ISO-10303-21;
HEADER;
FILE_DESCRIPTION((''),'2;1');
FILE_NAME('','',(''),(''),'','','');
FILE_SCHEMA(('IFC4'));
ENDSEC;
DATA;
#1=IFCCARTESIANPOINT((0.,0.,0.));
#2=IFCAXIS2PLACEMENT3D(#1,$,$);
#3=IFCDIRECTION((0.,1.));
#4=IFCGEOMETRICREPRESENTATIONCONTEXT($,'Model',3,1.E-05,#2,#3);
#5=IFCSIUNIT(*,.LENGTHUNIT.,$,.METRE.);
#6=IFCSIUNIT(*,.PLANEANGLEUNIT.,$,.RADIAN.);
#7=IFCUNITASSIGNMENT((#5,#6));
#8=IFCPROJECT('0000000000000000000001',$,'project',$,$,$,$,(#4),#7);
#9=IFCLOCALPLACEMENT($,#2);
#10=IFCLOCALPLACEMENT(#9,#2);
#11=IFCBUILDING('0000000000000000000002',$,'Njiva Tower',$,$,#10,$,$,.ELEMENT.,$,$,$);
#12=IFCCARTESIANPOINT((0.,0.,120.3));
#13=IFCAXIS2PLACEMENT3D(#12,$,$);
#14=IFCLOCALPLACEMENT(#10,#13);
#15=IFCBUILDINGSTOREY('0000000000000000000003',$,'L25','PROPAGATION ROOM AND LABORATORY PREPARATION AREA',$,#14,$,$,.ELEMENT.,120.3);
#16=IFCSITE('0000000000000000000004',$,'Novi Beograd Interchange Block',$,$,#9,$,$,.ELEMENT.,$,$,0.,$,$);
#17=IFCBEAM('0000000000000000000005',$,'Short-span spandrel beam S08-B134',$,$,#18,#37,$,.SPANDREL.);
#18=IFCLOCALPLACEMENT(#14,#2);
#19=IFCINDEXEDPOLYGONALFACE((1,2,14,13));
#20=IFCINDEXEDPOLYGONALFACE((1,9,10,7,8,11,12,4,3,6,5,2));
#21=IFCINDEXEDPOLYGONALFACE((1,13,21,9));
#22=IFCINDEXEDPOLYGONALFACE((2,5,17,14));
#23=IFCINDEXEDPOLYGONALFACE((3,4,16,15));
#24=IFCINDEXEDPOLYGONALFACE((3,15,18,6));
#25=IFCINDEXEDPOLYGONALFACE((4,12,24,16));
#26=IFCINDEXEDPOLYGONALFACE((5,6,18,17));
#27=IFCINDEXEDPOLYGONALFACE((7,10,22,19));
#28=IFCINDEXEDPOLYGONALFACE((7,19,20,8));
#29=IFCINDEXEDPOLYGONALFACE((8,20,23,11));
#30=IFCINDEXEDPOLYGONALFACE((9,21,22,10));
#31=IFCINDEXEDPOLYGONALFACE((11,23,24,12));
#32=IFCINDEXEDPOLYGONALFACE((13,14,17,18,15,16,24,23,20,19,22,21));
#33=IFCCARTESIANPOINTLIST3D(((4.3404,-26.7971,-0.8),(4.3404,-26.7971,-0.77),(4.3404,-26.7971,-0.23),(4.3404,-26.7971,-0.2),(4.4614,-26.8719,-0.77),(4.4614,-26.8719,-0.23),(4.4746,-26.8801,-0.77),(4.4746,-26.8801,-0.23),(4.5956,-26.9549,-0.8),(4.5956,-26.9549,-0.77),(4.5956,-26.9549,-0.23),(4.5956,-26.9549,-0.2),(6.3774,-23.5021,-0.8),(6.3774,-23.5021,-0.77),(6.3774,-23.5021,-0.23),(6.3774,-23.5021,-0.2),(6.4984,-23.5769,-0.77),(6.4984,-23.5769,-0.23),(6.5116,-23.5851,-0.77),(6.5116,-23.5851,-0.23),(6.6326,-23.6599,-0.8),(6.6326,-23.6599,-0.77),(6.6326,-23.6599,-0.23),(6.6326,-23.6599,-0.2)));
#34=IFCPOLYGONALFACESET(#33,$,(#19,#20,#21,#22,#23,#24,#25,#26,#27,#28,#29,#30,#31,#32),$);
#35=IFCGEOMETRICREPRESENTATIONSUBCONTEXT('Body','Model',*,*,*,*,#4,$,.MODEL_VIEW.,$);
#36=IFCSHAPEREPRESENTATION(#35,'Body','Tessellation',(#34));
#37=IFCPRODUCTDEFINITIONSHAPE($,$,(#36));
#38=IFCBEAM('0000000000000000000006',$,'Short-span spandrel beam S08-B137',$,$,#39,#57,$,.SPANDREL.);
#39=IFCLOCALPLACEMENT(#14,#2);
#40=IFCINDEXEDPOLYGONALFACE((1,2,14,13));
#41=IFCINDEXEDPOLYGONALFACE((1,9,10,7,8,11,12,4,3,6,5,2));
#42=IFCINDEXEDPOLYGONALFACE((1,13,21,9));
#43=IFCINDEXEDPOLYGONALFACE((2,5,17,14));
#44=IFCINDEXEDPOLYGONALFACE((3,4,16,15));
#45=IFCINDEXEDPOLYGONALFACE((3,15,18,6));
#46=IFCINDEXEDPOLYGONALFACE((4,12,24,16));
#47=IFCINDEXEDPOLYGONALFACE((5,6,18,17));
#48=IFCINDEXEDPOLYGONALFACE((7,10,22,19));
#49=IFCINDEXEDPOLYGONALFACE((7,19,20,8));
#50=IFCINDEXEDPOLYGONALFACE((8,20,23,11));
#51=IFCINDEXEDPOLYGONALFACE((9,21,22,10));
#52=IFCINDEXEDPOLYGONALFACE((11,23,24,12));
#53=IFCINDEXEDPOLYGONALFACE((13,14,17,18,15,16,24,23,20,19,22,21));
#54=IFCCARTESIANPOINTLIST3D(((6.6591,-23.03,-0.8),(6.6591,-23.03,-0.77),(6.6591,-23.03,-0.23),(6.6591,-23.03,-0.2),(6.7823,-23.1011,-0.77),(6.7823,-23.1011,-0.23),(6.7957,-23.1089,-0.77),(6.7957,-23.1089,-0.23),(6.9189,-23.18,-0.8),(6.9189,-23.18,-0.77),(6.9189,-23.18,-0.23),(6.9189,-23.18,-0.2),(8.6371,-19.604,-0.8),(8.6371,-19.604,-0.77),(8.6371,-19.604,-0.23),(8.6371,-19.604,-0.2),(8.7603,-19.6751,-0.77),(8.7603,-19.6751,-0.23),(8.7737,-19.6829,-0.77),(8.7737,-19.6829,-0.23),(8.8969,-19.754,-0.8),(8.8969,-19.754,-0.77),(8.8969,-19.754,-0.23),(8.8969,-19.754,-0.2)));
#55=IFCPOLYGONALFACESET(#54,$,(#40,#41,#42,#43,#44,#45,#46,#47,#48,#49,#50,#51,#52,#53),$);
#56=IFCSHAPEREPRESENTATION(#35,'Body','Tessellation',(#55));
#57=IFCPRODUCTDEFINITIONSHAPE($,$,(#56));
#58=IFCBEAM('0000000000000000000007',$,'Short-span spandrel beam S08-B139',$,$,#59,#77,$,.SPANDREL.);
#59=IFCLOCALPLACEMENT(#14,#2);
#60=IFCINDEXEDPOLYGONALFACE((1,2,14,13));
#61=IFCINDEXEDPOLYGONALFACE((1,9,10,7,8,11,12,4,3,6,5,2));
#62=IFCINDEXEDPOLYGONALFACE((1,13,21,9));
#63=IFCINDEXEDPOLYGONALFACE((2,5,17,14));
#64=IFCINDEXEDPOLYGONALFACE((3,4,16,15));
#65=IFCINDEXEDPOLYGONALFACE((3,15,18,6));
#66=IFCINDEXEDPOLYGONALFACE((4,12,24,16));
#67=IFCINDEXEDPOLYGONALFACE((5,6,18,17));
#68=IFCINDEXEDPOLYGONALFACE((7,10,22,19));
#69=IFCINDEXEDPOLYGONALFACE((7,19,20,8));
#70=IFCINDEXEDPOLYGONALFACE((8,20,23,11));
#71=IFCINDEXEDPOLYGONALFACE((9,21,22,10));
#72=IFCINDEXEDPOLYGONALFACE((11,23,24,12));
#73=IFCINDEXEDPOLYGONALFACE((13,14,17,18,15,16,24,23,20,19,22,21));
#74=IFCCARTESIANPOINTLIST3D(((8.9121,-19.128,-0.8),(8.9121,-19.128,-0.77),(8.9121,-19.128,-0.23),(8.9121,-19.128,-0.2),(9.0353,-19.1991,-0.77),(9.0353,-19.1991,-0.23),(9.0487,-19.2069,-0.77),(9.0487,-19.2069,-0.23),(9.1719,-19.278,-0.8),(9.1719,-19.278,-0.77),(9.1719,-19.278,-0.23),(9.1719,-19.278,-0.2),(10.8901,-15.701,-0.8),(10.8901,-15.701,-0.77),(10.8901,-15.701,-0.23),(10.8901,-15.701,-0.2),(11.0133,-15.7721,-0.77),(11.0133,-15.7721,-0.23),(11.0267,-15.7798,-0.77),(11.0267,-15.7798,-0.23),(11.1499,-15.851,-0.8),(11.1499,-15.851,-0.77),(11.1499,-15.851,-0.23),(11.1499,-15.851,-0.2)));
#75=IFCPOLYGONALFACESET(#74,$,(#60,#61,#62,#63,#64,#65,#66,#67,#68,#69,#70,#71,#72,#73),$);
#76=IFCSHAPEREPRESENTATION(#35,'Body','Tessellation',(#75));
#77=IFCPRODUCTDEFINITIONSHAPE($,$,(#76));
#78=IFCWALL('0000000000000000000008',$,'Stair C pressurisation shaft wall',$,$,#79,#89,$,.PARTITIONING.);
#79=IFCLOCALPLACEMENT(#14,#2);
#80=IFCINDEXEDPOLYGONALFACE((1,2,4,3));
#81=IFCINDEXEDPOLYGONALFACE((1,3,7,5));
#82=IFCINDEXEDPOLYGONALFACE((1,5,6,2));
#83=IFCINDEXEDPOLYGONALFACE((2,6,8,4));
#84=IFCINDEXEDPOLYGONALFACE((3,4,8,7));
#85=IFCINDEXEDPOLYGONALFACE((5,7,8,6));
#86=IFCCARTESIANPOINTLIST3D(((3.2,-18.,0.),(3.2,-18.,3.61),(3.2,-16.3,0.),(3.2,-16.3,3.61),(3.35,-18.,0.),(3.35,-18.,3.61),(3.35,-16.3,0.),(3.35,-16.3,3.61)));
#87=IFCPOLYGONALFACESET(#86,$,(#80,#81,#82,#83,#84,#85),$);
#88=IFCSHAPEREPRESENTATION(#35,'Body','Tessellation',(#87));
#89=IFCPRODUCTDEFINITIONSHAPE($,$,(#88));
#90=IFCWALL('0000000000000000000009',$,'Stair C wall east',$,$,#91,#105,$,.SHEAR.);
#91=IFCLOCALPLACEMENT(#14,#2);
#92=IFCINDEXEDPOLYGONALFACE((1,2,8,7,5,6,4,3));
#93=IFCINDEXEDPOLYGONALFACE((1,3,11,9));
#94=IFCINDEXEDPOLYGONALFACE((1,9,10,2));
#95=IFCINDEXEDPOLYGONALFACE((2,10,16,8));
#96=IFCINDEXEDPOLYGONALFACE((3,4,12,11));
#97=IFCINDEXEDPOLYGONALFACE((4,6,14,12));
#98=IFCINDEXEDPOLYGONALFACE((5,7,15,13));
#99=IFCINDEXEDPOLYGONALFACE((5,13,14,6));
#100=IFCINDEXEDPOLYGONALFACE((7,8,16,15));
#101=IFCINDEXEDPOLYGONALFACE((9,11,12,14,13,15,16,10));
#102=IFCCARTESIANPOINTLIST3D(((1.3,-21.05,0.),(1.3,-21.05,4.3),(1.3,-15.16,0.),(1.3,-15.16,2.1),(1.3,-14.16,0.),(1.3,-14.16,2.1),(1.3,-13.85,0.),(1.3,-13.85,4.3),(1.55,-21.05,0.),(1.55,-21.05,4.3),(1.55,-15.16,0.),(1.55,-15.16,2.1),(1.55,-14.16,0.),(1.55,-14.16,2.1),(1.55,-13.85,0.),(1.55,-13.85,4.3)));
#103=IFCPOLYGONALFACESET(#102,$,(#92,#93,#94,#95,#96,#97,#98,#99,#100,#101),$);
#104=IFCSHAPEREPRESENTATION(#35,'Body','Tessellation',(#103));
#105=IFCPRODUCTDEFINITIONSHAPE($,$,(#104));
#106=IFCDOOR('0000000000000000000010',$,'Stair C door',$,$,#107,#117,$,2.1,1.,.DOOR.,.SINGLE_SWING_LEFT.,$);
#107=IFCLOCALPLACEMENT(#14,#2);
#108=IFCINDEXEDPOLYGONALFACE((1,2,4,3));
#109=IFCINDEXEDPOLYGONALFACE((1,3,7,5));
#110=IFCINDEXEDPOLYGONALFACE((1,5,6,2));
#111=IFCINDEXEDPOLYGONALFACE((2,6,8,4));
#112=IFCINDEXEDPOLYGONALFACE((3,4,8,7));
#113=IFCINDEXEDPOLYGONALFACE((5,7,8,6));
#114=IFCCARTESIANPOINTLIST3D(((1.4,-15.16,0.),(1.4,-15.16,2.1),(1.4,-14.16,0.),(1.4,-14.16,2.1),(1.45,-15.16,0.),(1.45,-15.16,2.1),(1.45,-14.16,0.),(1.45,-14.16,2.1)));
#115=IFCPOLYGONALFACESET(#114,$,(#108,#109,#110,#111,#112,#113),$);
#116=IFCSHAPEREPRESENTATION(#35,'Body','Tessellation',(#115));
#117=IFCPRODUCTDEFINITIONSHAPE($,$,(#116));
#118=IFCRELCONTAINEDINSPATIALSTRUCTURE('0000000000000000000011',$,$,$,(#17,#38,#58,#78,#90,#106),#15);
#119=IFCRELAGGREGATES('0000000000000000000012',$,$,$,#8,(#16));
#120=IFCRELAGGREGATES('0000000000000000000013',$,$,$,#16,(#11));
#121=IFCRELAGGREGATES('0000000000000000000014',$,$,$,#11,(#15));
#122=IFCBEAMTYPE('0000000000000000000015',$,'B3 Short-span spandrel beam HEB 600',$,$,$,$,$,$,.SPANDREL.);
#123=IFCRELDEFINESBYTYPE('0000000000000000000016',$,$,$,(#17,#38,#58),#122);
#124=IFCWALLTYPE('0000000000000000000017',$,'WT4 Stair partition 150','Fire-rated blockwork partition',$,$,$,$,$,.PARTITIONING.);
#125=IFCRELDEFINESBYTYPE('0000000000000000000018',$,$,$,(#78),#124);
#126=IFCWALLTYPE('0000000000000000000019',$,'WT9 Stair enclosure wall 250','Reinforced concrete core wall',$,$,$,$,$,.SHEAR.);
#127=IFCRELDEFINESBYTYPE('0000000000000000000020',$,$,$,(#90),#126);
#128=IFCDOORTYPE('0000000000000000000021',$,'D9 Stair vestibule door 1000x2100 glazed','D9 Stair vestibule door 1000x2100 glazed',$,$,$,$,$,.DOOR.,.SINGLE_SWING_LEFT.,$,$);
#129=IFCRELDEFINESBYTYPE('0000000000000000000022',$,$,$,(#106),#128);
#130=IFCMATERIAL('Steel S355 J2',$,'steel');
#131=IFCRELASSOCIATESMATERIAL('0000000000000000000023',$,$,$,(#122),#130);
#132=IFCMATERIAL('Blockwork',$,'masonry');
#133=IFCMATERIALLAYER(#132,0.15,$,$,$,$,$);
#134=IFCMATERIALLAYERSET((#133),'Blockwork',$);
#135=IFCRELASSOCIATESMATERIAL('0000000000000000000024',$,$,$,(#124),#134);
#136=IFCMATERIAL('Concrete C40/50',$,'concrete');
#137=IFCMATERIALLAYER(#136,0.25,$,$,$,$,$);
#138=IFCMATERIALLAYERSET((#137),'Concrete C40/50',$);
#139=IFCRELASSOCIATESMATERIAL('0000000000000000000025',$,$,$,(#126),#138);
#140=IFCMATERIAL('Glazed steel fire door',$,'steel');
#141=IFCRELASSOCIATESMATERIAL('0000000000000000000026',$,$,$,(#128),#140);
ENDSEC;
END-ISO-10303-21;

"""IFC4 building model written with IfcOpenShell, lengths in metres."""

from ifc_helpers import new_model, si_unit, direction, frame, frame_2d, origin, origin_2d, place, context, subcontext, project, spatial, rectangle, i_section, extrude, material, layer, layer_set, material_profile, profile_set, type_object, element, fill, save


model = new_model("IFC4")

# Units and contexts
model_context = context("Model", 3, precision=1e-05, world=origin(), true_north=direction((0.0, 1.0)))
body_context = subcontext(model_context, "Body", "Model", "MODEL_VIEW")
ifc_project = project(units=[si_unit("LENGTHUNIT", "METRE"), si_unit("PLANEANGLEUNIT", "RADIAN")], contexts=[model_context])

# Site, building, storey
site_placement = place(None, origin())
site = spatial("IfcSite", under=ifc_project, at=site_placement, Name="Novi Beograd Interchange Block", CompositionType="ELEMENT", RefElevation=0.0)
building_placement = place(site_placement, origin())
building = spatial("IfcBuilding", under=site, at=building_placement, Name="Njiva Tower", CompositionType="ELEMENT")
storey_placement = place(building_placement, frame((0.0, 0.0, 120.3)))
storey = spatial("IfcBuildingStorey", under=building, at=storey_placement, Name="L25", Description="PROPAGATION ROOM AND LABORATORY PREPARATION AREA", CompositionType="ELEMENT", Elevation=120.3)

# Shared definitions
ifc_material_1 = material(Name="Steel S355 J2", Category="steel")

# Beams
ifc_material_profile_1 = material_profile(ifc_material_1, i_section(OverallWidth=0.3, OverallDepth=0.6, WebThickness=0.0155, FlangeThickness=0.03, at=origin_2d()), Name="HEB 600")
ifc_profile_set_1 = profile_set([ifc_material_profile_1], Name="Steel S355 J2")
beam_type_1 = type_object("IfcBeamType", Name="B3 Short-span spandrel beam HEB 600", PredefinedType="SPANDREL", material=ifc_profile_set_1)
beam_1_placement = place(storey_placement, frame((4.468, -26.876, -0.5), z_axis=(0.525839, 0.850584, 0.0), x_axis=(-0.850584, 0.525839, 0.0)))
element("IfcBeam", 1, at=beam_1_placement, inside=storey, type_object=beam_type_1, Name="Short-span spandrel beam S08-B134", PredefinedType="SPANDREL", context=body_context, shape_type="SweptSolid", body=[
    extrude(i_section(OverallWidth=0.3, OverallDepth=0.6, WebThickness=0.0155, FlangeThickness=0.03, at=origin_2d()), origin(), (0.0, 0.0, 1.0), 3.8738),
])
beam_2_placement = place(storey_placement, frame((6.789, -23.105, -0.5), z_axis=(0.5, 0.866026, 0.0), x_axis=(-0.866026, 0.5, 0.0)))
element("IfcBeam", 2, at=beam_2_placement, inside=storey, type_object=beam_type_1, Name="Short-span spandrel beam S08-B137", PredefinedType="SPANDREL", context=body_context, shape_type="SweptSolid", body=[
    extrude(i_section(OverallWidth=0.3, OverallDepth=0.6, WebThickness=0.0155, FlangeThickness=0.03, at=origin_2d()), origin(), (0.0, 0.0, 1.0), 3.956),
])
beam_3_placement = place(storey_placement, frame((9.042, -19.203, -0.5), z_axis=(0.49989, 0.866089, 0.0), x_axis=(-0.866089, 0.49989, 0.0)))
element("IfcBeam", 3, at=beam_3_placement, inside=storey, type_object=beam_type_1, Name="Short-span spandrel beam S08-B139", PredefinedType="SPANDREL", context=body_context, shape_type="SweptSolid", body=[
    extrude(i_section(OverallWidth=0.3, OverallDepth=0.6, WebThickness=0.0155, FlangeThickness=0.03, at=origin_2d()), origin(), (0.0, 0.0, 1.0), 3.9569),
])

# Wall
ifc_material_2 = material(Name="Blockwork", Category="masonry")
ifc_layer_1 = layer(ifc_material_2, 0.15)
ifc_layer_set_1 = layer_set([ifc_layer_1], Name="Blockwork")
wall_type_1 = type_object("IfcWallType", Name="WT4 Stair partition 150", Description="Fire-rated blockwork partition", PredefinedType="PARTITIONING", material=ifc_layer_set_1)
wall_1_placement = place(storey_placement, frame((3.275, -18.0, 0.0), z_axis=(0.0, 0.0, 1.0), x_axis=(0.0, 1.0, 0.0)))
element("IfcWall", 4, at=wall_1_placement, inside=storey, type_object=wall_type_1, Name="Stair C pressurisation shaft wall", PredefinedType="PARTITIONING", context=body_context, shape_type="SweptSolid", body=[
    extrude(rectangle(XDim=1.7, YDim=0.15, at=frame_2d((0.85, 0.0))), origin(), (0.0, 0.0, 1.0), 3.61),
])

# Wall, opening, door
ifc_material_3 = material(Name="Concrete C40/50", Category="concrete")
ifc_layer_2 = layer(ifc_material_3, 0.25)
ifc_layer_set_2 = layer_set([ifc_layer_2], Name="Concrete C40/50")
wall_type_2 = type_object("IfcWallType", Name="WT9 Stair enclosure wall 250", Description="Reinforced concrete core wall", PredefinedType="SHEAR", material=ifc_layer_set_2)
wall_2_placement = place(storey_placement, frame((1.425, -21.05, 0.0), z_axis=(0.0, 0.0, 1.0), x_axis=(0.0, 1.0, 0.0)))
wall_2 = element("IfcWall", 5, at=wall_2_placement, inside=storey, type_object=wall_type_2, Name="Stair C wall east", PredefinedType="SHEAR", context=body_context, shape_type="SweptSolid", body=[
    extrude(rectangle(XDim=7.2, YDim=0.25, at=frame_2d((3.6, 0.0))), origin(), (0.0, 0.0, 1.0), 4.3),
])
opening_1_placement = place(wall_2_placement, frame((5.89, 0.0, 0.0)))
opening_1 = element("IfcOpeningElement", 6, at=opening_1_placement, cuts=wall_2, PredefinedType="OPENING", context=body_context, shape_type="SweptSolid", body=[
    extrude(rectangle(XDim=1.0, YDim=2.1, at=frame_2d((0.5, 1.05))), frame((0.0, 0.135, 0.0), z_axis=(0.0, -1.0, 0.0), x_axis=(1.0, 0.0, 0.0)), (0.0, 0.0, 1.0), 0.27),
])
ifc_material_4 = material(Name="Glazed steel fire door", Category="steel")
door_type = type_object("IfcDoorType", Name="D9 Stair vestibule door 1000x2100 glazed", Description="D9 Stair vestibule door 1000x2100 glazed", OperationType="SINGLE_SWING_LEFT", PredefinedType="DOOR", material=ifc_material_4)
door_placement = place(opening_1_placement, origin())
door = element("IfcDoor", 7, at=door_placement, inside=storey, type_object=door_type, Name="Stair C door", OperationType="SINGLE_SWING_LEFT", OverallHeight=2.1, OverallWidth=1.0, PredefinedType="DOOR", context=body_context, shape_type="SweptSolid", body=[
    extrude(rectangle(XDim=1.0, YDim=2.1, at=frame_2d((0.5, 1.05))), frame((0.0, 0.025, 0.0), z_axis=(0.0, -1.0, 0.0), x_axis=(1.0, 0.0, 0.0)), (0.0, 0.0, 1.0), 0.05),
])
fill(opening_1, door)

save(model, "model.ifc")
